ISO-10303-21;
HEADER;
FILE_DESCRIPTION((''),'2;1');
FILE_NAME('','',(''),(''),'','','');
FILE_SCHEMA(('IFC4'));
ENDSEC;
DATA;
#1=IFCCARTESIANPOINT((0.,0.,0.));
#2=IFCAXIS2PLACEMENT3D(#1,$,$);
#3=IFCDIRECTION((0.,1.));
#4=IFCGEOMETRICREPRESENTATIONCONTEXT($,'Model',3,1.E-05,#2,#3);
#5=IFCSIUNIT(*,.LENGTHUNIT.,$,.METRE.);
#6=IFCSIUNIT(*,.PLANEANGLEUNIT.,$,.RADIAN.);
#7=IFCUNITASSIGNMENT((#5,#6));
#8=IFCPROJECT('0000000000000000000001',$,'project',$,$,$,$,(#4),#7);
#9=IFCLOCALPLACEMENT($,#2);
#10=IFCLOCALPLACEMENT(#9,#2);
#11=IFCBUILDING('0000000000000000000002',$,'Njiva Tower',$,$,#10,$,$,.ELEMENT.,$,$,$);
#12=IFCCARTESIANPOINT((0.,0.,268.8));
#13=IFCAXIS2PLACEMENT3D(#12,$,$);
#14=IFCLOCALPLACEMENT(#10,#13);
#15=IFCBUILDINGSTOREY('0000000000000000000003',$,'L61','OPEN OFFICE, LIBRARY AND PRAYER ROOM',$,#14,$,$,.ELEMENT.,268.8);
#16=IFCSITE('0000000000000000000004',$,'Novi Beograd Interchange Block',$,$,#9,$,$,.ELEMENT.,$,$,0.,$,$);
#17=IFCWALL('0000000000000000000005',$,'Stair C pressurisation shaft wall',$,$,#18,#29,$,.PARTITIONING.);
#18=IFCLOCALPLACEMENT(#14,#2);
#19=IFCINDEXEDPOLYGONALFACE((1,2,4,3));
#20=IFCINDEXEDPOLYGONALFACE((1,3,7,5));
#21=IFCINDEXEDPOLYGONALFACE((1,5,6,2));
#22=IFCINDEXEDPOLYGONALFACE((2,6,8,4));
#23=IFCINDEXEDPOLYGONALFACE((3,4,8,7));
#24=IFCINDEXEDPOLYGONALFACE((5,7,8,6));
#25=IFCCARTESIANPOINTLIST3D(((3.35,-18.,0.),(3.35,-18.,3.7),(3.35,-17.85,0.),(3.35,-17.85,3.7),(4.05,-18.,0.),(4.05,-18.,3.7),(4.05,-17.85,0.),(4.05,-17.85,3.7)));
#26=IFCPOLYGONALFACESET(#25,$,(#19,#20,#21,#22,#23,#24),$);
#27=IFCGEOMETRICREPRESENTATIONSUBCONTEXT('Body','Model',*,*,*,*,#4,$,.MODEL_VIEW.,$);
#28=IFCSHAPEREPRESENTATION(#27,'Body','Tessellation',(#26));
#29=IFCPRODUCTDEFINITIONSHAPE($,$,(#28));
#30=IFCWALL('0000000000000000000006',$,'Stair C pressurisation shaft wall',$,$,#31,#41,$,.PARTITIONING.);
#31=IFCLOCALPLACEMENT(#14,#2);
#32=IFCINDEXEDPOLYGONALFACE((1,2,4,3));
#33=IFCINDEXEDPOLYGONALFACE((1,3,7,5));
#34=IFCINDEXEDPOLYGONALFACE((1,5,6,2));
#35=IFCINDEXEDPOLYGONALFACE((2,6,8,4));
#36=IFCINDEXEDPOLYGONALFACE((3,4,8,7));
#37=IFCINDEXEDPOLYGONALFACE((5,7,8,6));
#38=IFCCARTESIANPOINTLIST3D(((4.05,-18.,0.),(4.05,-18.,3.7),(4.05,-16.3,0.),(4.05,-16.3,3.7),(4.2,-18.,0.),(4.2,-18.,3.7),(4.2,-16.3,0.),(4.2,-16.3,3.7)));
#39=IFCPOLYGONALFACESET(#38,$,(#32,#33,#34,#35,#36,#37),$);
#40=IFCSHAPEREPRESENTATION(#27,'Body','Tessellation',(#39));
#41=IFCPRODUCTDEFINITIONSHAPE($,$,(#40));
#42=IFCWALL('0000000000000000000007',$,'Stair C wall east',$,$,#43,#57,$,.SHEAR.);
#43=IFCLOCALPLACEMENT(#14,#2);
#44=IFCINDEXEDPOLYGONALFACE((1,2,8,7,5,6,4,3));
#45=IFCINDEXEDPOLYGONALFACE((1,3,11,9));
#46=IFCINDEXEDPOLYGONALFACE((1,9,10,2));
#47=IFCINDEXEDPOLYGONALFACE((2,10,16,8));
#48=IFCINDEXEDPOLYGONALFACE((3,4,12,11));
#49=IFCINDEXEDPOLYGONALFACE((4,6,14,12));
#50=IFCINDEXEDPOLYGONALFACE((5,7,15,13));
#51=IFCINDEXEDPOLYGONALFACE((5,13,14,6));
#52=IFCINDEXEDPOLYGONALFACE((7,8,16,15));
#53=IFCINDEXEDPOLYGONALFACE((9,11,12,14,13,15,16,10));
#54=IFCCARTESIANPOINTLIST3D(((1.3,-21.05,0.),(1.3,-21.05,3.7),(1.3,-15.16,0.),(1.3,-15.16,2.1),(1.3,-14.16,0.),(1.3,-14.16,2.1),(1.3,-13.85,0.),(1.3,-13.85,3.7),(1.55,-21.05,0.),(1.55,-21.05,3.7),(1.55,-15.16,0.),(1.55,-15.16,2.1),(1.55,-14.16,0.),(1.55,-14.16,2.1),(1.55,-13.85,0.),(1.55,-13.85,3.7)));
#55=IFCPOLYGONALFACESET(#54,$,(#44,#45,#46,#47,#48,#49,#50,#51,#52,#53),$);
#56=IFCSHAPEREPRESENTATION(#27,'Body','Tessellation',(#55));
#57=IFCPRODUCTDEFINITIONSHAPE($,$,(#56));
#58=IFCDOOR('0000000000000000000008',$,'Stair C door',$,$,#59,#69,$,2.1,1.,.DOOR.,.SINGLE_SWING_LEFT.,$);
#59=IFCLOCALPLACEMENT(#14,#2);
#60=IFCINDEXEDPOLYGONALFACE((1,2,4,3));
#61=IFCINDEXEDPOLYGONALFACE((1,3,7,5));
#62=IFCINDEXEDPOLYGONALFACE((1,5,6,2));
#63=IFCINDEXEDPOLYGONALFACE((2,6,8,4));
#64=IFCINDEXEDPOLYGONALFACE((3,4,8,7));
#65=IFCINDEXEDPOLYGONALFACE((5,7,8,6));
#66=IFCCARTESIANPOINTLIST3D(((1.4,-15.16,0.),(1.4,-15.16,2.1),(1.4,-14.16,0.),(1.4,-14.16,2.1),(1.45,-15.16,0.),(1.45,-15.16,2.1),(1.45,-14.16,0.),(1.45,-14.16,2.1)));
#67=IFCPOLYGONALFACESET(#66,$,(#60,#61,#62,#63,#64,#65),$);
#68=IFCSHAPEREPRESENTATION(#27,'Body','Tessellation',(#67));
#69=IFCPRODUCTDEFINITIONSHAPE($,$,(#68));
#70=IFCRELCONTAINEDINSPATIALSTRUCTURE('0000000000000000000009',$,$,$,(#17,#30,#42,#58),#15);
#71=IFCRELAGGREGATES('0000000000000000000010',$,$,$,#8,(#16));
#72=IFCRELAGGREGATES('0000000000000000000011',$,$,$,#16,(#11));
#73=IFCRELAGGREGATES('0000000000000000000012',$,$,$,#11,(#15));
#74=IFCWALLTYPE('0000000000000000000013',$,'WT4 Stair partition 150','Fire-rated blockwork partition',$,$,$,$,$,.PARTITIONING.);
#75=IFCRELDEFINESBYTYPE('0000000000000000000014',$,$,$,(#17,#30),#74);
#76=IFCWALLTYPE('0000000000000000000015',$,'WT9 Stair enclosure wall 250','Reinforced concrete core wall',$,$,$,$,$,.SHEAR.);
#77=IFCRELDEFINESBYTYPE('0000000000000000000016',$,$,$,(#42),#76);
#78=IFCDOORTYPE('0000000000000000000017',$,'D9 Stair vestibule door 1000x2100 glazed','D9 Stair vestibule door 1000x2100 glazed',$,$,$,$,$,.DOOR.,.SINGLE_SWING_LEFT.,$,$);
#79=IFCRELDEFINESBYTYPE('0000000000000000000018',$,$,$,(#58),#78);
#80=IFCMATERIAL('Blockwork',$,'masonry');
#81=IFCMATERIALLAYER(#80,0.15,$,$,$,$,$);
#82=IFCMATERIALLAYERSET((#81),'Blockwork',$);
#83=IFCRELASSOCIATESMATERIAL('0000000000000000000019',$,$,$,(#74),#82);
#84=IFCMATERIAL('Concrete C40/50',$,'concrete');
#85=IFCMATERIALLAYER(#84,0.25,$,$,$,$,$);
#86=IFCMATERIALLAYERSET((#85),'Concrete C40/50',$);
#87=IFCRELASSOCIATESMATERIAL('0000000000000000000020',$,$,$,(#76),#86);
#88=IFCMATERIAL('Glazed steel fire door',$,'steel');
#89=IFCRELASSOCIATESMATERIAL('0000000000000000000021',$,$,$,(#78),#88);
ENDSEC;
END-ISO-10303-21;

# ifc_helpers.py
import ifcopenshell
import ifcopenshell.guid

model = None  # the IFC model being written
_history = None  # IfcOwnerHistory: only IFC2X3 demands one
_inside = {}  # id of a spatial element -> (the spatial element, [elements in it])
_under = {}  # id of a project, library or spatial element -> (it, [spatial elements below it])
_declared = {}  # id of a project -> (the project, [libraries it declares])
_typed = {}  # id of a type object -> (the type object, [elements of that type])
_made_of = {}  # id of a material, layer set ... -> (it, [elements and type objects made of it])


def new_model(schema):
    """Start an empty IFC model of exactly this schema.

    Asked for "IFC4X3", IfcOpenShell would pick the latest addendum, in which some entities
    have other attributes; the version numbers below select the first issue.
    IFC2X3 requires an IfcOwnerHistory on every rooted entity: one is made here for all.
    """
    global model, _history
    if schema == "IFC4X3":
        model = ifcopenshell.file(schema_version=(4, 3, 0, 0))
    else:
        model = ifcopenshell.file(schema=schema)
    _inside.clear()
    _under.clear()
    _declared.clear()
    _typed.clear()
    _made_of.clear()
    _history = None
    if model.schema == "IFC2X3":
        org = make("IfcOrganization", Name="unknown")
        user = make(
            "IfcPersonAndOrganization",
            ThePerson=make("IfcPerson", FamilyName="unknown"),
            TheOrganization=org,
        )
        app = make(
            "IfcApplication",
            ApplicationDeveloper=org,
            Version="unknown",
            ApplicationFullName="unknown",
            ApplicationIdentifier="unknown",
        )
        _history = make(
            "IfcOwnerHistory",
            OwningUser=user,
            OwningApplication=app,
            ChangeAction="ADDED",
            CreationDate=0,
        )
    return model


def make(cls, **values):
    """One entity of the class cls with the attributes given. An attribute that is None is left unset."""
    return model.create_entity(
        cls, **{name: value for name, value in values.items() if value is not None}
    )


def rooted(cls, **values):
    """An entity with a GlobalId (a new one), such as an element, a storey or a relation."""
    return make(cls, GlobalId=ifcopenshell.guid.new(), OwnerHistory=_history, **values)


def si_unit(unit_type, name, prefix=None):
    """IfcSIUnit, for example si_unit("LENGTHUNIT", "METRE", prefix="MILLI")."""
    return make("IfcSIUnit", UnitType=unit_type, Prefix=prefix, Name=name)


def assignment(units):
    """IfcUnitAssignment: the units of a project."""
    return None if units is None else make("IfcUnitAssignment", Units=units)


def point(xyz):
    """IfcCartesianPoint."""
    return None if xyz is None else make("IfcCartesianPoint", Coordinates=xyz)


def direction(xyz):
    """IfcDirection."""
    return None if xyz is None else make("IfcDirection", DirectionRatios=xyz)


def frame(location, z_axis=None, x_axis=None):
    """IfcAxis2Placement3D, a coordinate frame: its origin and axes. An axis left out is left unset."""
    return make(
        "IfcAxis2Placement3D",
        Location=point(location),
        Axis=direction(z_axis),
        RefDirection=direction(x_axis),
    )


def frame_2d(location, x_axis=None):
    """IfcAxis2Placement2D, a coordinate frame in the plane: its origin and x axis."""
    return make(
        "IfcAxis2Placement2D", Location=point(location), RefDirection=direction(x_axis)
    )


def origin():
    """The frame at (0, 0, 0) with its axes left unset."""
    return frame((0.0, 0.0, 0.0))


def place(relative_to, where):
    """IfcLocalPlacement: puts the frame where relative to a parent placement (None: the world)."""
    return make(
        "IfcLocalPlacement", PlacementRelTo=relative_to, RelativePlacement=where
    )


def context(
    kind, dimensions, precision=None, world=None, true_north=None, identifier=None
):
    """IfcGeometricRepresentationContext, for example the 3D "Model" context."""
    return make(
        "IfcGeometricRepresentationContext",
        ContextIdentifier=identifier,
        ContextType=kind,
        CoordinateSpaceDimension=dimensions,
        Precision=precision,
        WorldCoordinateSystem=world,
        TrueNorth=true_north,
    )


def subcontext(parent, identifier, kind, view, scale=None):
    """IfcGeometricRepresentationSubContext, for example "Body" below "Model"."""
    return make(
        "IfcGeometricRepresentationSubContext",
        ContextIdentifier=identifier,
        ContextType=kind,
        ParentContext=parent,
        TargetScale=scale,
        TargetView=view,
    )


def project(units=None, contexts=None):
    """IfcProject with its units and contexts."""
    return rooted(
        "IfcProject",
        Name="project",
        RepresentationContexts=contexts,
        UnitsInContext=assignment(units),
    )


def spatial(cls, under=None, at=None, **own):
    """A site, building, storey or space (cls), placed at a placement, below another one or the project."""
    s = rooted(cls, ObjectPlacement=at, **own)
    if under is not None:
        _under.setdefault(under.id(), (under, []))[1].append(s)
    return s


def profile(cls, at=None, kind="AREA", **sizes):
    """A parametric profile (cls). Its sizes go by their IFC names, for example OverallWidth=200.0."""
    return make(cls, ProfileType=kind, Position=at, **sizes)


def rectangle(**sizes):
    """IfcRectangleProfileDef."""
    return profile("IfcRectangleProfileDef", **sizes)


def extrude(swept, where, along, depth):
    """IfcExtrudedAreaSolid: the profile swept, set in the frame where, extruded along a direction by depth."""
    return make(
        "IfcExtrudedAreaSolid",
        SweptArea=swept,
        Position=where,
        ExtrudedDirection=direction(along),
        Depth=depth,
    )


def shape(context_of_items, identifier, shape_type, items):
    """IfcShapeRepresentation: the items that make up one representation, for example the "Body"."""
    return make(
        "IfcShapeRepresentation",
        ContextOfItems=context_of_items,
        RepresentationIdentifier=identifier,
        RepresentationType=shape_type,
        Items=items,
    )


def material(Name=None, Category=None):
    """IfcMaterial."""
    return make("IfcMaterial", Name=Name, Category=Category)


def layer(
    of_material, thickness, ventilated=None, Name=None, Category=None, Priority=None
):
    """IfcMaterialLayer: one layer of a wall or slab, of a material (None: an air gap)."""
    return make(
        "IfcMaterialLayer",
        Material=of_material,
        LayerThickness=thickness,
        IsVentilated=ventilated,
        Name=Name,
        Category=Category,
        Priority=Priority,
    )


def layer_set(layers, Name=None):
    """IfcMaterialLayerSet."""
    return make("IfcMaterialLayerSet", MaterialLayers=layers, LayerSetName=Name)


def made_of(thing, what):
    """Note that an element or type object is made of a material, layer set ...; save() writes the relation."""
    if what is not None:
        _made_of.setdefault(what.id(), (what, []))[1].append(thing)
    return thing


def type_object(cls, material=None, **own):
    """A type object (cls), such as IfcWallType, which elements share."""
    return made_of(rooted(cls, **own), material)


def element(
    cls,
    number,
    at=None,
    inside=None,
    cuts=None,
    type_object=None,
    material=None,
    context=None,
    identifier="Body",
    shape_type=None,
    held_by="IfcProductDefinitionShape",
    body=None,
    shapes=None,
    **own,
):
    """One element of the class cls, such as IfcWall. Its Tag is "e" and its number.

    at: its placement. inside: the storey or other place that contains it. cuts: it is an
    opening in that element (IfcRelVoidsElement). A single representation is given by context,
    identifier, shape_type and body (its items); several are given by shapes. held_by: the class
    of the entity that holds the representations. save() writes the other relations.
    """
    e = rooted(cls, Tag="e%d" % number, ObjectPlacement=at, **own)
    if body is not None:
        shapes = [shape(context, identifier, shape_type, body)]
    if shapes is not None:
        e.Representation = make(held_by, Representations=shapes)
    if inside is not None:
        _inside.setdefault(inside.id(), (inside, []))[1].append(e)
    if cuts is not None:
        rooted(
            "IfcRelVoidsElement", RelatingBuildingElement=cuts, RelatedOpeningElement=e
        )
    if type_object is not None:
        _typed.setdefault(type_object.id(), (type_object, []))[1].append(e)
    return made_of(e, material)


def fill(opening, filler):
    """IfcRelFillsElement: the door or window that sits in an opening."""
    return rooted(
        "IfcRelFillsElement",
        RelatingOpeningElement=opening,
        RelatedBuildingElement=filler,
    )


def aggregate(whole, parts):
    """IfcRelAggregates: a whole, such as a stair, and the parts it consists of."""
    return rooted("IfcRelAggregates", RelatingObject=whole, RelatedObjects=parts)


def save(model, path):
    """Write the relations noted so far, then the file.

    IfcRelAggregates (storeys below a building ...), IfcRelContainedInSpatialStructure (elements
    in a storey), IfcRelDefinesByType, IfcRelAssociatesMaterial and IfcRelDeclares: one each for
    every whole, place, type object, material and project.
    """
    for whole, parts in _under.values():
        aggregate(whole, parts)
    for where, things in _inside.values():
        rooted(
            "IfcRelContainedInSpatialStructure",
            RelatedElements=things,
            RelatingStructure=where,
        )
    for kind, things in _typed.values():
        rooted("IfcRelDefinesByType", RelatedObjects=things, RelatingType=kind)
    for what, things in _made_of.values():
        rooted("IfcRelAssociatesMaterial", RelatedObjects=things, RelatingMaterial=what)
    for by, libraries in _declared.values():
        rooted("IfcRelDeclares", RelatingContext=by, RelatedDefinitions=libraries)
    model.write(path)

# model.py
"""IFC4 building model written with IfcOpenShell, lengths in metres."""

from ifc_helpers import new_model, si_unit, direction, frame, frame_2d, origin, place, context, subcontext, project, spatial, rectangle, extrude, material, layer, layer_set, type_object, element, fill, save


model = new_model("IFC4")

# Units and contexts
model_context = context("Model", 3, precision=1e-05, world=origin(), true_north=direction((0.0, 1.0)))
body_context = subcontext(model_context, "Body", "Model", "MODEL_VIEW")
ifc_project = project(units=[si_unit("LENGTHUNIT", "METRE"), si_unit("PLANEANGLEUNIT", "RADIAN")], contexts=[model_context])

# Site, building, storey
site_placement = place(None, origin())
site = spatial("IfcSite", under=ifc_project, at=site_placement, Name="Novi Beograd Interchange Block", CompositionType="ELEMENT", RefElevation=0.0)
building_placement = place(site_placement, origin())
building = spatial("IfcBuilding", under=site, at=building_placement, Name="Njiva Tower", CompositionType="ELEMENT")
storey_placement = place(building_placement, frame((0.0, 0.0, 268.8)))
storey = spatial("IfcBuildingStorey", under=building, at=storey_placement, Name="L61", Description="OPEN OFFICE, LIBRARY AND PRAYER ROOM", CompositionType="ELEMENT", Elevation=268.8)

# Walls
ifc_material_1 = material(Name="Blockwork", Category="masonry")
ifc_layer_1 = layer(ifc_material_1, 0.15)
ifc_layer_set_1 = layer_set([ifc_layer_1], Name="Blockwork")
wall_type_1 = type_object("IfcWallType", Name="WT4 Stair partition 150", Description="Fire-rated blockwork partition", PredefinedType="PARTITIONING", material=ifc_layer_set_1)
wall_1_placement = place(storey_placement, frame((3.35, -17.925, 0.0), z_axis=(0.0, 0.0, 1.0), x_axis=(1.0, 0.0, 0.0)))
element("IfcWall", 1, at=wall_1_placement, inside=storey, type_object=wall_type_1, Name="Stair C pressurisation shaft wall", PredefinedType="PARTITIONING", context=body_context, shape_type="SweptSolid", body=[
    extrude(rectangle(XDim=0.7, YDim=0.15, at=frame_2d((0.35, 0.0))), origin(), (0.0, 0.0, 1.0), 3.7),
])
wall_2_placement = place(storey_placement, frame((4.125, -18.0, 0.0), z_axis=(0.0, 0.0, 1.0), x_axis=(0.0, 1.0, 0.0)))
element("IfcWall", 2, at=wall_2_placement, inside=storey, type_object=wall_type_1, Name="Stair C pressurisation shaft wall", PredefinedType="PARTITIONING", context=body_context, shape_type="SweptSolid", body=[
    extrude(rectangle(XDim=1.7, YDim=0.15, at=frame_2d((0.85, 0.0))), origin(), (0.0, 0.0, 1.0), 3.7),
])

# Wall, opening, door
ifc_material_2 = material(Name="Concrete C40/50", Category="concrete")
ifc_layer_2 = layer(ifc_material_2, 0.25)
ifc_layer_set_2 = layer_set([ifc_layer_2], Name="Concrete C40/50")
wall_type_2 = type_object("IfcWallType", Name="WT9 Stair enclosure wall 250", Description="Reinforced concrete core wall", PredefinedType="SHEAR", material=ifc_layer_set_2)
wall_3_placement = place(storey_placement, frame((1.425, -21.05, 0.0), z_axis=(0.0, 0.0, 1.0), x_axis=(0.0, 1.0, 0.0)))
wall_3 = element("IfcWall", 3, at=wall_3_placement, inside=storey, type_object=wall_type_2, Name="Stair C wall east", PredefinedType="SHEAR", context=body_context, shape_type="SweptSolid", body=[
    extrude(rectangle(XDim=7.2, YDim=0.25, at=frame_2d((3.6, 0.0))), origin(), (0.0, 0.0, 1.0), 3.7),
])
opening_1_placement = place(wall_3_placement, frame((5.89, 0.0, 0.0)))
opening_1 = element("IfcOpeningElement", 4, at=opening_1_placement, cuts=wall_3, PredefinedType="OPENING", context=body_context, shape_type="SweptSolid", body=[
    extrude(rectangle(XDim=1.0, YDim=2.1, at=frame_2d((0.5, 1.05))), frame((0.0, 0.135, 0.0), z_axis=(0.0, -1.0, 0.0), x_axis=(1.0, 0.0, 0.0)), (0.0, 0.0, 1.0), 0.27),
])
ifc_material_3 = material(Name="Glazed steel fire door", Category="steel")
door_type = type_object("IfcDoorType", Name="D9 Stair vestibule door 1000x2100 glazed", Description="D9 Stair vestibule door 1000x2100 glazed", OperationType="SINGLE_SWING_LEFT", PredefinedType="DOOR", material=ifc_material_3)
door_placement = place(opening_1_placement, origin())
door = element("IfcDoor", 5, at=door_placement, inside=storey, type_object=door_type, Name="Stair C door", OperationType="SINGLE_SWING_LEFT", OverallHeight=2.1, OverallWidth=1.0, PredefinedType="DOOR", context=body_context, shape_type="SweptSolid", body=[
    extrude(rectangle(XDim=1.0, YDim=2.1, at=frame_2d((0.5, 1.05))), frame((0.0, 0.025, 0.0), z_axis=(0.0, -1.0, 0.0), x_axis=(1.0, 0.0, 0.0)), (0.0, 0.0, 1.0), 0.05),
])
fill(opening_1, door)

save(model, "model.ifc")
